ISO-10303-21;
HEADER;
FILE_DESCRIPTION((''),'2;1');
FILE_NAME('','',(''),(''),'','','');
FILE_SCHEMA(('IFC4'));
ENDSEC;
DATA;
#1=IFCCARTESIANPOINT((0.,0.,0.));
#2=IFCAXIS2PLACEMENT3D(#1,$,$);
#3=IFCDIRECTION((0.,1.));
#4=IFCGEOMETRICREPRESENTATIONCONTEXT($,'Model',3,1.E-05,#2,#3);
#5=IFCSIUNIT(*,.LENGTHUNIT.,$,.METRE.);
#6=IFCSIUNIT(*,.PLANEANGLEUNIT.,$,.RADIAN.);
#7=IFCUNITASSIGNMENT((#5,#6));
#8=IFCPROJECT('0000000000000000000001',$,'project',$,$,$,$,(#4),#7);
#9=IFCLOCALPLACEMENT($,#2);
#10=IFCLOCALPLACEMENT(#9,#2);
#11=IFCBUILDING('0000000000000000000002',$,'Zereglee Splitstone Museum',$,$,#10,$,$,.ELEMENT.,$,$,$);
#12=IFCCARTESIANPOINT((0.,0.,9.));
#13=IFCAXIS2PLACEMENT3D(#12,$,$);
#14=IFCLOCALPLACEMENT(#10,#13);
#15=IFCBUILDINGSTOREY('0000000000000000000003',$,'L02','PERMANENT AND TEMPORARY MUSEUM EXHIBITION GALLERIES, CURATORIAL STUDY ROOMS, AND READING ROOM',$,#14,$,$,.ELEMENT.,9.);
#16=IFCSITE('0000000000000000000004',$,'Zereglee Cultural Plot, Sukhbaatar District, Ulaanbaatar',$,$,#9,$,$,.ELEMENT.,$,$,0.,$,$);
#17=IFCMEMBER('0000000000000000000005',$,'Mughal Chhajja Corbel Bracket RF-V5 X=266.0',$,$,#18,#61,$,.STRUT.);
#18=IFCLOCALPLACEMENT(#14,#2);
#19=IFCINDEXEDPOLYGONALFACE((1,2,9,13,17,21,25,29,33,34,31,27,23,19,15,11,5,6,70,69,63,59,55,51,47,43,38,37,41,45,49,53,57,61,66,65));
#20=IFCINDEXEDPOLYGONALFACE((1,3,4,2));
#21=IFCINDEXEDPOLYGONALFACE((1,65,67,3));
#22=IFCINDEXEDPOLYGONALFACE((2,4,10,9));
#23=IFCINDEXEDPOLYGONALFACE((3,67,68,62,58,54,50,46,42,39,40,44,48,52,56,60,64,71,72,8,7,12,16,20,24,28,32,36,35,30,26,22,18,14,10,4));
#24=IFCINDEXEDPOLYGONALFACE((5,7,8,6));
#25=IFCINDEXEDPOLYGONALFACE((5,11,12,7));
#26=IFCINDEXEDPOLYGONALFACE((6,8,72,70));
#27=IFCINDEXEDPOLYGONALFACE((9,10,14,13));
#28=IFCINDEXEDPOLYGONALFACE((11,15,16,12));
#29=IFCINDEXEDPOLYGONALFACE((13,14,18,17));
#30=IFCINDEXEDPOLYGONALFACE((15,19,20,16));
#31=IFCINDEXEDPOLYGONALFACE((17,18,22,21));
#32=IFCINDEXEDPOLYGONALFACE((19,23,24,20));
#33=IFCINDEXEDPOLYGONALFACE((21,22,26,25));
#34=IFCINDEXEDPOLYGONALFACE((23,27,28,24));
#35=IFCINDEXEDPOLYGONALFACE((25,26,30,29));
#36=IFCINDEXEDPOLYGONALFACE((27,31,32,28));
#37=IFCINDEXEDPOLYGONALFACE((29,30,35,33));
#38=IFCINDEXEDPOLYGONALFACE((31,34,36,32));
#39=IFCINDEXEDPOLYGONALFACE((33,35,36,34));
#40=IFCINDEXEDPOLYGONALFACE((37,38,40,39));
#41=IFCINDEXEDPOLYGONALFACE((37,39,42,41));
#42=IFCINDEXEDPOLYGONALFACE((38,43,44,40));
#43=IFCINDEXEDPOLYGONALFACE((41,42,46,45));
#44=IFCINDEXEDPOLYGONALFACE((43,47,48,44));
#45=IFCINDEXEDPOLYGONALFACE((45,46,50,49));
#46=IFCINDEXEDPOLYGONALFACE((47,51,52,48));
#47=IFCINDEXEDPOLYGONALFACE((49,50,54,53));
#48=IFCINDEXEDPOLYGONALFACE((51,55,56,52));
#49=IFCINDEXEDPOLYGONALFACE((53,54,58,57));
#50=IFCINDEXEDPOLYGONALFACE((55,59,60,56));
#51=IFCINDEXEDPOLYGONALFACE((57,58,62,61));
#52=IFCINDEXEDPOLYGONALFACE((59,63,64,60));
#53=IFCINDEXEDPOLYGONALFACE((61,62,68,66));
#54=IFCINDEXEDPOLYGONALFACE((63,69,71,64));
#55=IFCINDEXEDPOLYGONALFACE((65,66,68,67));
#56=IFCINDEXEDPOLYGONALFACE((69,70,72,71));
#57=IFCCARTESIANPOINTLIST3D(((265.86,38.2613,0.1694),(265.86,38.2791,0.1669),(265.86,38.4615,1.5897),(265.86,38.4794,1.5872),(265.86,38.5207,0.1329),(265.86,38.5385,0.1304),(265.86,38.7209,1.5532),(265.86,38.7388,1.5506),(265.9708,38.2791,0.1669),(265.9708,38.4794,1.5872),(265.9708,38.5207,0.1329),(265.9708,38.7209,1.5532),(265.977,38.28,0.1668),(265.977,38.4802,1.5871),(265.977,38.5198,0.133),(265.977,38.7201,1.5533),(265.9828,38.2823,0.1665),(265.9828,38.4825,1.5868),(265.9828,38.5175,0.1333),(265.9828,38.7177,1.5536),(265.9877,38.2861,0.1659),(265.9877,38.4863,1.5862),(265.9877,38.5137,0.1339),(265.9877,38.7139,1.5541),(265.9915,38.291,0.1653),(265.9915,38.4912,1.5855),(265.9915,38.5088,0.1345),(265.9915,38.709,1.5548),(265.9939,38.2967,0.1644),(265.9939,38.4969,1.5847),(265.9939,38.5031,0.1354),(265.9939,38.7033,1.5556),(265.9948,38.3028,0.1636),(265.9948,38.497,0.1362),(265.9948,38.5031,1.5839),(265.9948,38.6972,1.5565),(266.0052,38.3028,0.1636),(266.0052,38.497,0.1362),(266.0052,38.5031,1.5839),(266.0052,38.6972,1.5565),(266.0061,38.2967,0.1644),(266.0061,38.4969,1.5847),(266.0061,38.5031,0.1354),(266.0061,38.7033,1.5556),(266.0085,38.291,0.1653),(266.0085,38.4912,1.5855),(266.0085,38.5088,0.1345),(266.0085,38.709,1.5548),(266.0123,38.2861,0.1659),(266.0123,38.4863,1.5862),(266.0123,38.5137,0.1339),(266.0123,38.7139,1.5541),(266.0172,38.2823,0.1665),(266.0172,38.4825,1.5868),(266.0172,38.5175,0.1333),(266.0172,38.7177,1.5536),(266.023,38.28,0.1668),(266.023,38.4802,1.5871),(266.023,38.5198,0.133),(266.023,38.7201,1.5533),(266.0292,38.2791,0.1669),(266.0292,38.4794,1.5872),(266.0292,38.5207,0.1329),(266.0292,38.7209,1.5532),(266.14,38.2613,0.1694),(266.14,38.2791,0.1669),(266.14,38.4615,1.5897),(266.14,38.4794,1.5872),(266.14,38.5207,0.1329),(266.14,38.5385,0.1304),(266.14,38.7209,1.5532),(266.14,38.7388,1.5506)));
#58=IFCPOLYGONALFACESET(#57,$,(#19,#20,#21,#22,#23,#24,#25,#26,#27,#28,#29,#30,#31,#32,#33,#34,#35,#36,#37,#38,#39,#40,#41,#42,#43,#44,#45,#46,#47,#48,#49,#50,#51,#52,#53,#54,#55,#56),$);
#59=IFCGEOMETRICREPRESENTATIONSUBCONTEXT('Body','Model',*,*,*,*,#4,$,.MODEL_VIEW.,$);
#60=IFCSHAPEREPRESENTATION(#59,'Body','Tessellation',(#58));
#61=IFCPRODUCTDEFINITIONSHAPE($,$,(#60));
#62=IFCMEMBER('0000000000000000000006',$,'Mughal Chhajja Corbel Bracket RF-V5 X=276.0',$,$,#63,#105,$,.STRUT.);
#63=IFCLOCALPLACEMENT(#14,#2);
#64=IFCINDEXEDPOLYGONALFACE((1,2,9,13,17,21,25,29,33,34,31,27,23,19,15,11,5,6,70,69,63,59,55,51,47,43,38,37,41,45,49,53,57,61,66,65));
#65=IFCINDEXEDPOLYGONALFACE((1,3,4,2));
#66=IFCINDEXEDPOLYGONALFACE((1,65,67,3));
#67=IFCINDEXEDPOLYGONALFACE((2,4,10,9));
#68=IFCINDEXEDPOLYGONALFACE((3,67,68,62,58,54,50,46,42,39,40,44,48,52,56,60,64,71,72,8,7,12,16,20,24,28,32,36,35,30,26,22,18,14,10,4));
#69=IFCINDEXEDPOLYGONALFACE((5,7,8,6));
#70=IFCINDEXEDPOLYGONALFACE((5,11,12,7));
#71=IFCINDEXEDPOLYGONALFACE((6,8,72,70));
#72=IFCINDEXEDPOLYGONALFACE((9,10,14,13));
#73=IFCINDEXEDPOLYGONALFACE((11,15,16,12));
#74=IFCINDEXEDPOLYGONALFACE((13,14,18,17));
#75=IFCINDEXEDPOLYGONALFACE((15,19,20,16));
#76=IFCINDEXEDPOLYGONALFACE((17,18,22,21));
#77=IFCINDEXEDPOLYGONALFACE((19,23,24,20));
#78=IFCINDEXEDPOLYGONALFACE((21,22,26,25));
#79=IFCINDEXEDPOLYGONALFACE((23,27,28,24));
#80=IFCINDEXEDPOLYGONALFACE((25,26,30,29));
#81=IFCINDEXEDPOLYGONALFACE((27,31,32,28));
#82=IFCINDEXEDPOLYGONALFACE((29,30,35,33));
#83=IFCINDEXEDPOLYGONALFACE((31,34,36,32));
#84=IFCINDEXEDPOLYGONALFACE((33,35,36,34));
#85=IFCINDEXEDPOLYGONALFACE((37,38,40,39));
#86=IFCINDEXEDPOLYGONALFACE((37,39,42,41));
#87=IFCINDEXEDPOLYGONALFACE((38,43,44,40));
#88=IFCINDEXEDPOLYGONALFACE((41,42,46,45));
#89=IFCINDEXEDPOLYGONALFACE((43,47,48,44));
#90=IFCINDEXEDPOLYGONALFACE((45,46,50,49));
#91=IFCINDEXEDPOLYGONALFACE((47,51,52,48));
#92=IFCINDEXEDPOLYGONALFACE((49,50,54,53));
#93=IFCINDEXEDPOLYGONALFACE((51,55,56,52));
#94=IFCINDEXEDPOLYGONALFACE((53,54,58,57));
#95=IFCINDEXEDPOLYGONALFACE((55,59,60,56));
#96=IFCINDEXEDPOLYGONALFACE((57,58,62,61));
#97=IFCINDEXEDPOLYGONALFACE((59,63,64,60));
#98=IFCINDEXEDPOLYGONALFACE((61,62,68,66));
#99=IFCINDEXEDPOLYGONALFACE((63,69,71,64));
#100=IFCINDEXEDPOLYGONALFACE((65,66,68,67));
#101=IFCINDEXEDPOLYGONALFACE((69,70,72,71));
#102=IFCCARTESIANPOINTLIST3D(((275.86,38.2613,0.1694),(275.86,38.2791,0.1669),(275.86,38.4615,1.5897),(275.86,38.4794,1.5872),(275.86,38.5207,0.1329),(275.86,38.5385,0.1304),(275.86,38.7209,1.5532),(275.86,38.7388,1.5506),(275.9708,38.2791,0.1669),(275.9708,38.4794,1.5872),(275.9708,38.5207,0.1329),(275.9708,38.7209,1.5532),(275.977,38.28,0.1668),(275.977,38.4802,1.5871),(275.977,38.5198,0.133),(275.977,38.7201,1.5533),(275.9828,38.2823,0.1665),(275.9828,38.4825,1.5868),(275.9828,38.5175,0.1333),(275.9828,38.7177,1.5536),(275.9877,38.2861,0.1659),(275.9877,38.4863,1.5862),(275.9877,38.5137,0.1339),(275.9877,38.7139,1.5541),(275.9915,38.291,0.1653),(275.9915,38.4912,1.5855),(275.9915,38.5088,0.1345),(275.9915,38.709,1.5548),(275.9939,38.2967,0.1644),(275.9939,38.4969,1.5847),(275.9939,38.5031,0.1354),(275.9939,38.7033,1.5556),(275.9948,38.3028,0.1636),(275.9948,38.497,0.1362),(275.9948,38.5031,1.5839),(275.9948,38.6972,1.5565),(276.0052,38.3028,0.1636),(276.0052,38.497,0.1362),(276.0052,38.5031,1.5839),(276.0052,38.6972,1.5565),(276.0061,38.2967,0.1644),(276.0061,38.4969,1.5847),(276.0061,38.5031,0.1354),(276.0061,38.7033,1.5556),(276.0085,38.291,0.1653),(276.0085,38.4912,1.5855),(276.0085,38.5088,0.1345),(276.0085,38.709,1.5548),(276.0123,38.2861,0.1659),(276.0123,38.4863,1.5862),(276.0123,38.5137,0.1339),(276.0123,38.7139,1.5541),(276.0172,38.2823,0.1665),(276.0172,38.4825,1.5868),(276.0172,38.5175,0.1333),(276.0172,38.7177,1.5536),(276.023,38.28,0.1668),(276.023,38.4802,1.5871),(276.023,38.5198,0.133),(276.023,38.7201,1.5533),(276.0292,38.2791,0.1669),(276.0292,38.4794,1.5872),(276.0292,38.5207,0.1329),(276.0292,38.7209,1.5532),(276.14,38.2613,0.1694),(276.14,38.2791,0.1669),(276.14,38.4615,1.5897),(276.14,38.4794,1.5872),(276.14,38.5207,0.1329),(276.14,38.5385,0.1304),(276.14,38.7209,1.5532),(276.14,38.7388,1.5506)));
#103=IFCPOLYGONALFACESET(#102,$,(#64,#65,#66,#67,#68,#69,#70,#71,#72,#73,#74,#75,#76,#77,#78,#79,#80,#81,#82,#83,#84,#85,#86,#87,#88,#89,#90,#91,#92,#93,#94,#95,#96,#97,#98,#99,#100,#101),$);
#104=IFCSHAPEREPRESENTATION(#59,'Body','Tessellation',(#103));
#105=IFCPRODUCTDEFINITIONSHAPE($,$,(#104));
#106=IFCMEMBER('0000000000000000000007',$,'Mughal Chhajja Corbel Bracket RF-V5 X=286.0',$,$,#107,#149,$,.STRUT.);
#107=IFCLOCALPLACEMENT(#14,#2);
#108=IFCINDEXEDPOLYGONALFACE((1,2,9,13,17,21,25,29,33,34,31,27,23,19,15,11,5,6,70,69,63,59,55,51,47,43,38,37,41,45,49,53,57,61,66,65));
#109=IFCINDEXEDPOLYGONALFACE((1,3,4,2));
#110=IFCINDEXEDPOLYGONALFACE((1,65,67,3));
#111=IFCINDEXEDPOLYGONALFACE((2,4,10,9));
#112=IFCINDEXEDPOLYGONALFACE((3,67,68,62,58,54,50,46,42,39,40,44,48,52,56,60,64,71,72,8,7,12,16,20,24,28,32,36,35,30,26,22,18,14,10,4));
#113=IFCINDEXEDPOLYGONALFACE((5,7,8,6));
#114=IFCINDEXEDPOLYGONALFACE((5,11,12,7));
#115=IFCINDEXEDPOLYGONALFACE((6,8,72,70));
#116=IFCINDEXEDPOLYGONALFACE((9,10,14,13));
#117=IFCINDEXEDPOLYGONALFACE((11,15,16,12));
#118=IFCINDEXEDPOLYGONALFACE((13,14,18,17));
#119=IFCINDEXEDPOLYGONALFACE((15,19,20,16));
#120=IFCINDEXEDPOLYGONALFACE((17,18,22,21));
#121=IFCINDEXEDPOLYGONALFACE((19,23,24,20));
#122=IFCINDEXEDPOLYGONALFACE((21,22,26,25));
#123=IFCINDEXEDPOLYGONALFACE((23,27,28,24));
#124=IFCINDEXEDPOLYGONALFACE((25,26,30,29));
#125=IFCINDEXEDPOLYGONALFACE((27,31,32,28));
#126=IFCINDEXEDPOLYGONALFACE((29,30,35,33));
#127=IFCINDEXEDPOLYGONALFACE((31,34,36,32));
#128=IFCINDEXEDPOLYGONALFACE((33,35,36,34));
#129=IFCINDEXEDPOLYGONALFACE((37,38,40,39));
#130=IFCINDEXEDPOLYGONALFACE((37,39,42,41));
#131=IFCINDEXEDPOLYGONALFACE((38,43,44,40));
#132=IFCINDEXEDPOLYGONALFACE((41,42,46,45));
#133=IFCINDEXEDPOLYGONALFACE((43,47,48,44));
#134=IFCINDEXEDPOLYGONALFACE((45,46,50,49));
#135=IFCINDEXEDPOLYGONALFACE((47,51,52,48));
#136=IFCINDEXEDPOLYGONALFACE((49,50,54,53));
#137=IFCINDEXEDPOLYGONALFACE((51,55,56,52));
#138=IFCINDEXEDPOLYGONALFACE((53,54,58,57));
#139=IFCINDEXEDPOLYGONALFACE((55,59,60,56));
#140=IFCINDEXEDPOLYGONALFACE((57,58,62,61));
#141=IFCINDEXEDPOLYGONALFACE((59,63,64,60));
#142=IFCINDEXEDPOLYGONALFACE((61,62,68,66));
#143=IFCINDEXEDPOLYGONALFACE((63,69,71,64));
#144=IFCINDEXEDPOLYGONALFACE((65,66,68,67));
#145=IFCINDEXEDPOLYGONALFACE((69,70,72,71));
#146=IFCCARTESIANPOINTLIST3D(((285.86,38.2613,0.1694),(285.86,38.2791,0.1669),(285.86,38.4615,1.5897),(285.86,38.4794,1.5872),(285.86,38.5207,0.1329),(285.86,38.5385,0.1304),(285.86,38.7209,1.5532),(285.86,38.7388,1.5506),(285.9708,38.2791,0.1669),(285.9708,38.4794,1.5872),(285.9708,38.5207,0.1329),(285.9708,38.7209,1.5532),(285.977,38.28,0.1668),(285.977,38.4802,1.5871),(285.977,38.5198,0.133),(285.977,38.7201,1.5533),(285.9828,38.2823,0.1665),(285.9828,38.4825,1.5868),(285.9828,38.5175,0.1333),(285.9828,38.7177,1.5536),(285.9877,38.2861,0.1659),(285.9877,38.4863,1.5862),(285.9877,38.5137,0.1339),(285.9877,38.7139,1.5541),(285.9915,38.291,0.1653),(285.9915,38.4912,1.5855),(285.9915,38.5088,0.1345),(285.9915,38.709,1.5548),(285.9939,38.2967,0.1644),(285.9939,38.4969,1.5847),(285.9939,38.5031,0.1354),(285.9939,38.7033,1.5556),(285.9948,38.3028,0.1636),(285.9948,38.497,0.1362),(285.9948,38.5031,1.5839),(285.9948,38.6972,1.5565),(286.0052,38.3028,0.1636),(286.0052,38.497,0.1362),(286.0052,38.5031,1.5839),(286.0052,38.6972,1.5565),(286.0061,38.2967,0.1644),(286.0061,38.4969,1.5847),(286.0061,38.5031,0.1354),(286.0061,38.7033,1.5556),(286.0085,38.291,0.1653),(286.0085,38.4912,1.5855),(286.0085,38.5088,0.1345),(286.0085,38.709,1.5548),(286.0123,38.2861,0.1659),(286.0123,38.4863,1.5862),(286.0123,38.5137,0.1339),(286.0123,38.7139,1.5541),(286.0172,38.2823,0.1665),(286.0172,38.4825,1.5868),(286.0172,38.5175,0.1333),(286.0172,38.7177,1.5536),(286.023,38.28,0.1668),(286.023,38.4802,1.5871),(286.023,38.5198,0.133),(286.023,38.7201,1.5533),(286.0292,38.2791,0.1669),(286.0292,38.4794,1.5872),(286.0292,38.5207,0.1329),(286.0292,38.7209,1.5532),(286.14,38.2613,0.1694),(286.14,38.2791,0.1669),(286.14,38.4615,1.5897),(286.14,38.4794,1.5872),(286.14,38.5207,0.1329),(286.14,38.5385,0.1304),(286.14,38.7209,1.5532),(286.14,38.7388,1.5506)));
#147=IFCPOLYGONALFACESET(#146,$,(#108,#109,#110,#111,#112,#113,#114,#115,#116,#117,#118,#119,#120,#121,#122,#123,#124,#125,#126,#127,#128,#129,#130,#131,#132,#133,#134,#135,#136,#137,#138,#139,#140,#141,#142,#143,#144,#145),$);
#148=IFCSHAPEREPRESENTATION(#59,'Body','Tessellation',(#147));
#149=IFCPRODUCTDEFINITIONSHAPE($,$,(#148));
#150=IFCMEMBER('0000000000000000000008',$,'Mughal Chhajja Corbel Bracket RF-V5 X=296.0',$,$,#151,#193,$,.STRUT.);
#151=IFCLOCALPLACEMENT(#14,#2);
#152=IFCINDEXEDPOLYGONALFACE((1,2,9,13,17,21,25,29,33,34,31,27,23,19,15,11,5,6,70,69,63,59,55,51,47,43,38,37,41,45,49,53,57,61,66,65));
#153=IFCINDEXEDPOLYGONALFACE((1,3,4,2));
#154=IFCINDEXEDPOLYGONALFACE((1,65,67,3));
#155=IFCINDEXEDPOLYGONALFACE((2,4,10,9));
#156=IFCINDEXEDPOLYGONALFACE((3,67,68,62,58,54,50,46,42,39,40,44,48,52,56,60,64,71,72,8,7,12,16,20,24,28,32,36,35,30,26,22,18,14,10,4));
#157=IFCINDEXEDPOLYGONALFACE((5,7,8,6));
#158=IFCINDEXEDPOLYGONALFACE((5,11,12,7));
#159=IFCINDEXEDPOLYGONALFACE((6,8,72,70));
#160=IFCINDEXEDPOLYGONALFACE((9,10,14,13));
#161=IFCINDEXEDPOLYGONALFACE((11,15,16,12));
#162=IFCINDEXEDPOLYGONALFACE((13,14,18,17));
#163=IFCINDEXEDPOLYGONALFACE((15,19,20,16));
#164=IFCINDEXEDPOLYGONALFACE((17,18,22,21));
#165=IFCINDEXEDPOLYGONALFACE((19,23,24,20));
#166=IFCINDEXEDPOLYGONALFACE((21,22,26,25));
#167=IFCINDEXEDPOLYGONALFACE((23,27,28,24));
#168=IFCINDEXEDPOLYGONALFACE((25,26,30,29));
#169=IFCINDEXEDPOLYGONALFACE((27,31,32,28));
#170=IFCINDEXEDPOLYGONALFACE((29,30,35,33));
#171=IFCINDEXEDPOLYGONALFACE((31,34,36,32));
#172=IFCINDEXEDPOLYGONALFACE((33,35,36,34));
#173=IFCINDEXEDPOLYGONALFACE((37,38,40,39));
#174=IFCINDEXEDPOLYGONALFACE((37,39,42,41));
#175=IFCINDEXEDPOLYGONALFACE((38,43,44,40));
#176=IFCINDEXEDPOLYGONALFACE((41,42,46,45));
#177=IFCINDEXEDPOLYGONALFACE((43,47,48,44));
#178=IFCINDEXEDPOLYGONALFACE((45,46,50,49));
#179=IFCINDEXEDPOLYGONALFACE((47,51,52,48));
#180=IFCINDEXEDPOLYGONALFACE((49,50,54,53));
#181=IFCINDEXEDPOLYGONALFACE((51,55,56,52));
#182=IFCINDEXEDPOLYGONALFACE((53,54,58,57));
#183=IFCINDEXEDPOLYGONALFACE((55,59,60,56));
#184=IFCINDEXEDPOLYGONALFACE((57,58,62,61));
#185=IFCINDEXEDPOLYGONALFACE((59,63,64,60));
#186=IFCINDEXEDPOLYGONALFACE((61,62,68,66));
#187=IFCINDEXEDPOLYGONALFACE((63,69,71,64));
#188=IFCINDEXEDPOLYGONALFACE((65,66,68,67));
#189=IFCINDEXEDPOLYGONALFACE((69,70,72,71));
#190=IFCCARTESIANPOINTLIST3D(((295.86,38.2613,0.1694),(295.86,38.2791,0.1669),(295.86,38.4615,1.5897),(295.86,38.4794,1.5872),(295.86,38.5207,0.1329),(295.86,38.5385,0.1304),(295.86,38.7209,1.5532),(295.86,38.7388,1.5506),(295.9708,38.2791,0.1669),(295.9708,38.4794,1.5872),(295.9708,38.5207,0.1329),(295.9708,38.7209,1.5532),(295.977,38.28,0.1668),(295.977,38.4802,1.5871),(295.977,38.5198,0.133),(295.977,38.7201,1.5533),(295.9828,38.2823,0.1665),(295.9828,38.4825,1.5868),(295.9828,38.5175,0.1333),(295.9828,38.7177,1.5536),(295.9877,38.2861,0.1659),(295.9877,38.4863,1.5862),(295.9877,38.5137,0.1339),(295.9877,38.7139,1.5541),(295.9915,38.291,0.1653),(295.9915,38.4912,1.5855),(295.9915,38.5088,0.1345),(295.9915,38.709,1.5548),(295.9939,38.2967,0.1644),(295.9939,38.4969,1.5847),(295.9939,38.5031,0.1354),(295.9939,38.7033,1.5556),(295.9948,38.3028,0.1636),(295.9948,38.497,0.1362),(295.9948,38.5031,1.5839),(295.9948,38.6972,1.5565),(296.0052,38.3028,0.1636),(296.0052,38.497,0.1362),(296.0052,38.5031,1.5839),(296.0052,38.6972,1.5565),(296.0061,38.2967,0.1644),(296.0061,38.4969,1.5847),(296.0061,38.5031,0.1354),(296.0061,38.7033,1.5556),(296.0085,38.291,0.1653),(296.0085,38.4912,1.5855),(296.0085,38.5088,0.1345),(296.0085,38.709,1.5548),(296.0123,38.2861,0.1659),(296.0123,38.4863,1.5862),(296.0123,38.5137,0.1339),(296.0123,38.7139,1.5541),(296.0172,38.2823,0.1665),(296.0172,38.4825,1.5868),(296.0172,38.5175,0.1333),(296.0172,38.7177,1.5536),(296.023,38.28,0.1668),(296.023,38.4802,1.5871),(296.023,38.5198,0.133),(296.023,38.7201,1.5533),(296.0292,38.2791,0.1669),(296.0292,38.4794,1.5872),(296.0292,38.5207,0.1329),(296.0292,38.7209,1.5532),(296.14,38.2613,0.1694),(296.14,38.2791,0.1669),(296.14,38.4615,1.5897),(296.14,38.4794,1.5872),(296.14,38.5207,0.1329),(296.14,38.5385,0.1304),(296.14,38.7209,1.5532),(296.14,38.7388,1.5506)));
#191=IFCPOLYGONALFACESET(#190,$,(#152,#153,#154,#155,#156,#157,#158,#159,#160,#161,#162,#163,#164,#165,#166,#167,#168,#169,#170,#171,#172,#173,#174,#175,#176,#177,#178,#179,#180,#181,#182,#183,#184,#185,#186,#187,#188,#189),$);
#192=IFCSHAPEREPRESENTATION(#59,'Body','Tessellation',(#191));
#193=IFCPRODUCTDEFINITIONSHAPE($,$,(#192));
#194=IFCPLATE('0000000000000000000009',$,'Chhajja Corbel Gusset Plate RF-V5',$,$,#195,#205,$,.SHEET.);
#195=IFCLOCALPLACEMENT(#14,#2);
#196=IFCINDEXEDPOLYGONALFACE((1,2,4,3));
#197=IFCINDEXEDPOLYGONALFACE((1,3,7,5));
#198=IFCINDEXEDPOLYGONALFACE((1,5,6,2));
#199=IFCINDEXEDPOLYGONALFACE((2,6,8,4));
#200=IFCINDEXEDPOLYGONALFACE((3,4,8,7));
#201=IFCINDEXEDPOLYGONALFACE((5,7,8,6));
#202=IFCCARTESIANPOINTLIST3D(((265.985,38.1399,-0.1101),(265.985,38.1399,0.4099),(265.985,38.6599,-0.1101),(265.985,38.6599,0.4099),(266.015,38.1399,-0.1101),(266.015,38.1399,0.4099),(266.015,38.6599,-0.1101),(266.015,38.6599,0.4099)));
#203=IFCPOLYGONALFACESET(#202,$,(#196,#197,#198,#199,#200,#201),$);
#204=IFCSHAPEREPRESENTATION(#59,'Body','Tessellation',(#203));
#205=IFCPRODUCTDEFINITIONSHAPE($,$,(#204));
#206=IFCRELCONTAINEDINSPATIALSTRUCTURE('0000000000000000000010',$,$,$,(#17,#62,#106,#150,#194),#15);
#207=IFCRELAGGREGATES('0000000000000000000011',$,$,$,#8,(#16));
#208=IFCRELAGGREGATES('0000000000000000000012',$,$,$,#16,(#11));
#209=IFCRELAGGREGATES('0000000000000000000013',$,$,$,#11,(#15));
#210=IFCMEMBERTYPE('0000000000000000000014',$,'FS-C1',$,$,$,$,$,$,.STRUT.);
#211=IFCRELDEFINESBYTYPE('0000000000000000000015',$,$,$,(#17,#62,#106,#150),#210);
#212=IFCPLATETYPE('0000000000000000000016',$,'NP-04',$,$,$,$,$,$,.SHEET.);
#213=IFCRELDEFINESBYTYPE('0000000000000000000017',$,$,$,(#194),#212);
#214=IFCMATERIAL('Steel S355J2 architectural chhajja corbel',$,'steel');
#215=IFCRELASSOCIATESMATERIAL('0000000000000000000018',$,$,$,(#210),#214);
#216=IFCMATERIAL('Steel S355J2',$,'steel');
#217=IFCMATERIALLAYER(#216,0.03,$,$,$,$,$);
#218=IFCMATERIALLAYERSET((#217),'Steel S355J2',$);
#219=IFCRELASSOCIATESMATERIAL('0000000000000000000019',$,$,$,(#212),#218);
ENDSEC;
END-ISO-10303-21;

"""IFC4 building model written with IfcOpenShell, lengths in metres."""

from ifc_helpers import new_model, si_unit, direction, frame, origin, origin_2d, place, context, subcontext, project, spatial, rectangle, i_section, extrude, material, layer, layer_set, material_profile, profile_set, type_object, element, save


model = new_model("IFC4")

# Units and contexts
model_context = context("Model", 3, precision=1e-05, world=origin(), true_north=direction((0.0, 1.0)))
body_context = subcontext(model_context, "Body", "Model", "MODEL_VIEW")
ifc_project = project(units=[si_unit("LENGTHUNIT", "METRE"), si_unit("PLANEANGLEUNIT", "RADIAN")], contexts=[model_context])

# Site, building, storey
site_placement = place(None, origin())
site = spatial("IfcSite", under=ifc_project, at=site_placement, Name="Zereglee Cultural Plot, Sukhbaatar District, Ulaanbaatar", CompositionType="ELEMENT", RefElevation=0.0)
building_placement = place(site_placement, origin())
building = spatial("IfcBuilding", under=site, at=building_placement, Name="Zereglee Splitstone Museum", CompositionType="ELEMENT")
storey_placement = place(building_placement, frame((0.0, 0.0, 9.0)))
storey = spatial("IfcBuildingStorey", under=building, at=storey_placement, Name="L02", Description="PERMANENT AND TEMPORARY MUSEUM EXHIBITION GALLERIES, CURATORIAL STUDY ROOMS, AND READING ROOM", CompositionType="ELEMENT", Elevation=9.0)

# Shared definitions
ifc_material_1 = material(Name="Steel S355J2", Category="steel")

# Members
ifc_material_2 = material(Name="Steel S355J2 architectural chhajja corbel", Category="steel")
ifc_material_profile_1 = material_profile(ifc_material_2, i_section(OverallWidth=0.28, OverallDepth=0.28, WebThickness=0.0105, FlangeThickness=0.0181, FilletRadius=0.0239, at=origin_2d()), Name="HE 280 B")
ifc_profile_set_1 = profile_set([ifc_material_profile_1], Name="Steel S355J2 architectural chhajja corbel")
member_type_1 = type_object("IfcMemberType", Name="FS-C1", PredefinedType="STRUT", material=ifc_profile_set_1)
for number, where, z_axis, x_axis, name in (
    (1, (266.0, 38.3999, 0.1499), (0.0, 0.139586, 0.99021), (-1.0, 0.0, 0.0), "Mughal Chhajja Corbel Bracket RF-V5 X=266.0"),
    (2, (276.0, 38.3999, 0.1499), (0.0, 0.139586, 0.99021), (-1.0, 0.0, 0.0), "Mughal Chhajja Corbel Bracket RF-V5 X=276.0"),
    (3, (286.0, 38.3999, 0.1499), (0.0, 0.139586, 0.99021), (-1.0, 0.0, 0.0), "Mughal Chhajja Corbel Bracket RF-V5 X=286.0"),
    (4, (296.0, 38.3999, 0.1499), (0.0, 0.139586, 0.99021), (-1.0, 0.0, 0.0), "Mughal Chhajja Corbel Bracket RF-V5 X=296.0"),
):
    element("IfcMember", number, at=place(storey_placement, frame(where, z_axis=z_axis, x_axis=x_axis)), inside=storey, type_object=member_type_1, Name=name, PredefinedType="STRUT", context=body_context, shape_type="SweptSolid", body=[
        extrude(i_section(OverallWidth=0.28, OverallDepth=0.28, WebThickness=0.0105, FlangeThickness=0.0181, FilletRadius=0.0239, at=origin_2d()), origin(), (0.0, 0.0, 1.0), 1.4343),
    ])

# Plate
ifc_layer_1 = layer(ifc_material_1, 0.03)
ifc_layer_set_1 = layer_set([ifc_layer_1], Name="Steel S355J2")
plate_type = type_object("IfcPlateType", Name="NP-04", PredefinedType="SHEET", material=ifc_layer_set_1)
for number, where, z_axis, x_axis, name in (
    (5, (266.0, 38.3999, -0.1101), (0.0, 0.0, 1.0), (1.0, 0.0, 0.0), "Chhajja Corbel Gusset Plate RF-V5"),
):
    element("IfcPlate", number, at=place(storey_placement, frame(where, z_axis=z_axis, x_axis=x_axis)), inside=storey, type_object=plate_type, Name=name, PredefinedType="SHEET", context=body_context, shape_type="SweptSolid", body=[
        extrude(rectangle(XDim=0.03, YDim=0.52, at=origin_2d()), origin(), (0.0, 0.0, 1.0), 0.52),
    ])

save(model, "model.ifc")
